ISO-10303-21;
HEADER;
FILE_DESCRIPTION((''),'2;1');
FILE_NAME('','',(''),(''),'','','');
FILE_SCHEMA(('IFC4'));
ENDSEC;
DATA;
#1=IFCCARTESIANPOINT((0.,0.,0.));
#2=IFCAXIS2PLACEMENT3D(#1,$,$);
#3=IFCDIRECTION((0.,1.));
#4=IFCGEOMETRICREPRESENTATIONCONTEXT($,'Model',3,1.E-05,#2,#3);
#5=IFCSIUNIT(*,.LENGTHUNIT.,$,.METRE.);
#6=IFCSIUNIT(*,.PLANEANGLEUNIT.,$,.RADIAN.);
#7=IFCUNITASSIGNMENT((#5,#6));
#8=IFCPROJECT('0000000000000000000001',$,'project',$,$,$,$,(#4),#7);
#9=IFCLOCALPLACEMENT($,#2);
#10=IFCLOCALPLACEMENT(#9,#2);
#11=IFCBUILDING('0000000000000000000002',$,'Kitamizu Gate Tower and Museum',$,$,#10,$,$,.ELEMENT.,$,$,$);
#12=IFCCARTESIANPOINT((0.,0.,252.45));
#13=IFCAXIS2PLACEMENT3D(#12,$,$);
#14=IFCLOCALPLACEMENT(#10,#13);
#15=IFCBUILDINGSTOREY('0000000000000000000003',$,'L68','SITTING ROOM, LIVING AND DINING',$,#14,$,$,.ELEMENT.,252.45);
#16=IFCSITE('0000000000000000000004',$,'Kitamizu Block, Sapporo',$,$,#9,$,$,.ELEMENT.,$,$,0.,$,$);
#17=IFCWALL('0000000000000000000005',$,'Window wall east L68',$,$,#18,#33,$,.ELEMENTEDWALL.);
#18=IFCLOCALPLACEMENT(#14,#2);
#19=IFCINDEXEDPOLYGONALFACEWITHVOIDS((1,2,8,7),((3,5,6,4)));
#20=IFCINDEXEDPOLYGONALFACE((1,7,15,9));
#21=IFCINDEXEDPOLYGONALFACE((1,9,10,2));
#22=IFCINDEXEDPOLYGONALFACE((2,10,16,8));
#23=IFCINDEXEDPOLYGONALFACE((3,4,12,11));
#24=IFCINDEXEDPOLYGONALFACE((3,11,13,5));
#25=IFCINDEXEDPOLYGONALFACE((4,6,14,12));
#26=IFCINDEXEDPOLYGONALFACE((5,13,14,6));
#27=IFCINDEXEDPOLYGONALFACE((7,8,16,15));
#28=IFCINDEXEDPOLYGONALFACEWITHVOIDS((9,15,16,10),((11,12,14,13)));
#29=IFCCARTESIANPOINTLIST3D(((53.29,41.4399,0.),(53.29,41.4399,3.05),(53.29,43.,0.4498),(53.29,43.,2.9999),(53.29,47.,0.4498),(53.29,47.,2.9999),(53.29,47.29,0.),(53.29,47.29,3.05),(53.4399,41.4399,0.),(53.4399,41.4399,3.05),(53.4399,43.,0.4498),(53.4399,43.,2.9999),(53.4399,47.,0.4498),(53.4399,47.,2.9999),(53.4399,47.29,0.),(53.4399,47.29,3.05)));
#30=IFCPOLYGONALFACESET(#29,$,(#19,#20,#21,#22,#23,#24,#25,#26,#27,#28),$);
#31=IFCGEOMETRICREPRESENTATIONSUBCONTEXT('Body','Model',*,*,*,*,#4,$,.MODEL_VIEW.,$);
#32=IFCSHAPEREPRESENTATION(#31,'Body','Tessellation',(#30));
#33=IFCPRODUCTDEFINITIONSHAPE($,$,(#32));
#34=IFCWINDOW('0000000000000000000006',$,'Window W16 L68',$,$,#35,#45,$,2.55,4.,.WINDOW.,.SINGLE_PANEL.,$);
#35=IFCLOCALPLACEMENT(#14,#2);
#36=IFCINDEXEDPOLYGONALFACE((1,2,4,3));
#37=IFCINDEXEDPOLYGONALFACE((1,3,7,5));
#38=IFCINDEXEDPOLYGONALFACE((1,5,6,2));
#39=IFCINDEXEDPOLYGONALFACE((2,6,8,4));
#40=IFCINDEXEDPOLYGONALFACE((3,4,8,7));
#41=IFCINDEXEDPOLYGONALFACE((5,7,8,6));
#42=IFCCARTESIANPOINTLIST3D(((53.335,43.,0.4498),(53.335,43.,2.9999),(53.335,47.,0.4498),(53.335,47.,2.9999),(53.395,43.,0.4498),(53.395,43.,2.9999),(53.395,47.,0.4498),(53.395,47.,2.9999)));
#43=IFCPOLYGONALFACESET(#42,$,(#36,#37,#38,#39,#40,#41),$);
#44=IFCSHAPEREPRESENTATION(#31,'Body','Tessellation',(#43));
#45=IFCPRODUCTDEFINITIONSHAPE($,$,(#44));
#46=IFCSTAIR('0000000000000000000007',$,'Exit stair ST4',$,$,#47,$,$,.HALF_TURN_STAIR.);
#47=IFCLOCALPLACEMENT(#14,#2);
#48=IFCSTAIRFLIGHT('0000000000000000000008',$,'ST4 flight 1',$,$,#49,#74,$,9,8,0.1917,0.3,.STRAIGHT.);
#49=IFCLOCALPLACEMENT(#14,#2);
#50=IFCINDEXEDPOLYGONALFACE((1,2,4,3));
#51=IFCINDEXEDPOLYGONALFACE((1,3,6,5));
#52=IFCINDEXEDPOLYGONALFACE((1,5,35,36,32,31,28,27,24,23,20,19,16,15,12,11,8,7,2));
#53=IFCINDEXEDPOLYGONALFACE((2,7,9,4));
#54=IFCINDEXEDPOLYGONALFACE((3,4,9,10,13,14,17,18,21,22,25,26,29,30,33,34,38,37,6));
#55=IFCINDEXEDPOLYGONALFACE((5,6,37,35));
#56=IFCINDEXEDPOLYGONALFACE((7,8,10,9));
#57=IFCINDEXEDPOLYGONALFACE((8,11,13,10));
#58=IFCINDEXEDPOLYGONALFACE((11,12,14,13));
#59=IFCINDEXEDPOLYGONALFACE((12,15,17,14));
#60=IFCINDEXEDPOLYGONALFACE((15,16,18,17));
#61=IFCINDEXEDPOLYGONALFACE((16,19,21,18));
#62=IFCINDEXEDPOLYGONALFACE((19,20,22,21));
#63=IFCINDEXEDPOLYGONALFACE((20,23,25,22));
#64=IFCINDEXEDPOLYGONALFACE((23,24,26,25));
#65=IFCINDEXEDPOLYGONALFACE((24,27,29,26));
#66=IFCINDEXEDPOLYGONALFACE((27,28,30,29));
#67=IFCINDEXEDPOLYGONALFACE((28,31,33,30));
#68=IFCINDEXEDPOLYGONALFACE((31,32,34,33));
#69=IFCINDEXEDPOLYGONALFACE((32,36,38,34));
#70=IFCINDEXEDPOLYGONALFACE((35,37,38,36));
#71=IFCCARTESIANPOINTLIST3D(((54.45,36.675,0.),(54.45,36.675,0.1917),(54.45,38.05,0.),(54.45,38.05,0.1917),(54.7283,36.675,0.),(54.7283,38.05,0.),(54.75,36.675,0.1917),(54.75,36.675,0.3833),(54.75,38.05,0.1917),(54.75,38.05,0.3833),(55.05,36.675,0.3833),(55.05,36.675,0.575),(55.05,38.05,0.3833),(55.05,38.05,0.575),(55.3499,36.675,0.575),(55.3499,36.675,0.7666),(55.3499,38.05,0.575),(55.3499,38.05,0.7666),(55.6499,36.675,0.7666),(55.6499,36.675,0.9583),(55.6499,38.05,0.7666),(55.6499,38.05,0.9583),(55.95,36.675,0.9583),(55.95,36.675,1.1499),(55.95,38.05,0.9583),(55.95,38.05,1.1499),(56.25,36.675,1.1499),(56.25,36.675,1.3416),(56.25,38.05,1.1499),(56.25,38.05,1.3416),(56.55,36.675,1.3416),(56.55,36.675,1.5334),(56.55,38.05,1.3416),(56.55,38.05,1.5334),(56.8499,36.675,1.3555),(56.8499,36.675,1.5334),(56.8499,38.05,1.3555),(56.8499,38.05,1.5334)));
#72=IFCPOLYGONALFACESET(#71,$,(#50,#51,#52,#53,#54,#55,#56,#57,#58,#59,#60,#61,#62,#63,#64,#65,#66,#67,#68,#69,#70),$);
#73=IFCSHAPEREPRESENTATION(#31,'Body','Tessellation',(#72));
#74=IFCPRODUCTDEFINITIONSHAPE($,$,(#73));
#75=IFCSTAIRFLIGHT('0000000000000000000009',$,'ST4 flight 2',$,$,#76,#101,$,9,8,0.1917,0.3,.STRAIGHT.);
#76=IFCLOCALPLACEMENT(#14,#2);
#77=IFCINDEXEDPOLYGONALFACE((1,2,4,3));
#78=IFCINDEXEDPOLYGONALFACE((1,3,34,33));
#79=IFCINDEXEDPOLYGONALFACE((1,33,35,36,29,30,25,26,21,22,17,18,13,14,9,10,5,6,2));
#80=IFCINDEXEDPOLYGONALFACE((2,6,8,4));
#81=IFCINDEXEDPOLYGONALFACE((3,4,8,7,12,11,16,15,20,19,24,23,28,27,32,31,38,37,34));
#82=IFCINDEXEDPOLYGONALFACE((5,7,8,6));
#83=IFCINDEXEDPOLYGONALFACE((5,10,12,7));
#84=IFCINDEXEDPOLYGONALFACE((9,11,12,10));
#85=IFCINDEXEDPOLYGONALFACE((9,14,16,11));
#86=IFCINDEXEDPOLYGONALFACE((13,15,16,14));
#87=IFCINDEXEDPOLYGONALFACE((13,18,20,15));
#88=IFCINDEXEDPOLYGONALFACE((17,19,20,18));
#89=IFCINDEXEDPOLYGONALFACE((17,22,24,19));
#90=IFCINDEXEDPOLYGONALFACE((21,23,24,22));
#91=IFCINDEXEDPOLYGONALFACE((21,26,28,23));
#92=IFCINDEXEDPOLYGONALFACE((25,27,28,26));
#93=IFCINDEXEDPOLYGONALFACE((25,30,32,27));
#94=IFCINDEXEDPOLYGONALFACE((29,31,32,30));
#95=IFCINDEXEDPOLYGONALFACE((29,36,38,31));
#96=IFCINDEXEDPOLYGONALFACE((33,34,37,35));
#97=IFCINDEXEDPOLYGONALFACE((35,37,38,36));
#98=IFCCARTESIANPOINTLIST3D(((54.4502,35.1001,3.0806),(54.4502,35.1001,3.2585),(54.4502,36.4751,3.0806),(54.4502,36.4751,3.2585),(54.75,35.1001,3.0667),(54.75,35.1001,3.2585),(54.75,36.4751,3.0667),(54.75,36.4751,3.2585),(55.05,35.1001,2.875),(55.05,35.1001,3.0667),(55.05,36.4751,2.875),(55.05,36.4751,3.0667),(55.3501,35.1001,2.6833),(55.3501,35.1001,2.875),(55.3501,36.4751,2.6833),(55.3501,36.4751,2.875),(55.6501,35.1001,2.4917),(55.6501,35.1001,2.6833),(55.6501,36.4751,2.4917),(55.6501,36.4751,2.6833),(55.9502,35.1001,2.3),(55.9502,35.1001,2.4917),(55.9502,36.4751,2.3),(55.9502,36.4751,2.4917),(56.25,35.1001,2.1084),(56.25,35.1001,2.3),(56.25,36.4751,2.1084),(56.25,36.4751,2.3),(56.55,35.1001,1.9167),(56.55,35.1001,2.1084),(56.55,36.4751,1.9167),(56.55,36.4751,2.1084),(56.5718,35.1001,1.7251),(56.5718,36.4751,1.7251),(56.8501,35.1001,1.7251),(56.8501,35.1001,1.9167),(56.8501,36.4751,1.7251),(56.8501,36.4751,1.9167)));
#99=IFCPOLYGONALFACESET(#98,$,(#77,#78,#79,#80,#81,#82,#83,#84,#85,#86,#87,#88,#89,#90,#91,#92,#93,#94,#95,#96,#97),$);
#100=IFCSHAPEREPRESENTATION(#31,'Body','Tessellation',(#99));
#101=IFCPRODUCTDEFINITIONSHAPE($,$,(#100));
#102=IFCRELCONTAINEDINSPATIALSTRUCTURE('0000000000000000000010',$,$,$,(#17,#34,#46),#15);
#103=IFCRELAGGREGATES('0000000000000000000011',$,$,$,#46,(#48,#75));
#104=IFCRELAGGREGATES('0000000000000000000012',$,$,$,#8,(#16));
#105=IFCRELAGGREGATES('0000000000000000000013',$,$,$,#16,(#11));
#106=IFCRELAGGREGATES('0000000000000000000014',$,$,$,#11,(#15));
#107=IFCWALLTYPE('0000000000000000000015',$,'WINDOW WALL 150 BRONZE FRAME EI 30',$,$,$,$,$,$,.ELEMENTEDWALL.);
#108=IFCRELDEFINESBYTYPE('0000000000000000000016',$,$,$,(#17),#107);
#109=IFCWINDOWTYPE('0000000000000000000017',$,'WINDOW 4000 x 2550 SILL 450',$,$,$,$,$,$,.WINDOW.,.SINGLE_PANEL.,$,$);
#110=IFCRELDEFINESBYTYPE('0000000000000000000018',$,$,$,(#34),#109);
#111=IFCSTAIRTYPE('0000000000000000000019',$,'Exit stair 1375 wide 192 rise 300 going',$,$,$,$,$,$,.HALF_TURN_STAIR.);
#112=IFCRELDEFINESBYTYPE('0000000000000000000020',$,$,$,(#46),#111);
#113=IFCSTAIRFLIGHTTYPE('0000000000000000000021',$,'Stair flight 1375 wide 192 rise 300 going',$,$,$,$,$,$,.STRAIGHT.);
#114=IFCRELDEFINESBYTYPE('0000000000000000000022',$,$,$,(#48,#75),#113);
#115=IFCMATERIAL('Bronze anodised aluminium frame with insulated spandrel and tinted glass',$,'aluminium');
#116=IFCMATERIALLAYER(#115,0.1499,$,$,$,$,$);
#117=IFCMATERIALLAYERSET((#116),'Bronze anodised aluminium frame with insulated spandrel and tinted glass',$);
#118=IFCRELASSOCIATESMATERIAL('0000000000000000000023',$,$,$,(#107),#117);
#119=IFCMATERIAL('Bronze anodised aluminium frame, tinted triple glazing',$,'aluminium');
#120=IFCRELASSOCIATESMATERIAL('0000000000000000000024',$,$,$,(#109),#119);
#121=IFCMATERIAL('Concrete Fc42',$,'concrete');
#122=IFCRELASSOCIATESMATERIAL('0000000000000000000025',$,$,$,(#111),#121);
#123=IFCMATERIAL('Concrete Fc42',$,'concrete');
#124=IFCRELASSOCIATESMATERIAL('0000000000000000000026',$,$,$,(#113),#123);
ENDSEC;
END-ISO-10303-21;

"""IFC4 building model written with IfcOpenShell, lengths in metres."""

from ifc_helpers import new_model, si_unit, direction, frame, frame_2d, origin, place, context, subcontext, project, spatial, polyline, rectangle, outline, extrude, material, layer, layer_set, type_object, element, fill, aggregate, save


model = new_model("IFC4")

# Units and contexts
model_context = context("Model", 3, precision=1e-05, world=origin(), true_north=direction((0.0, 1.0)))
body_context = subcontext(model_context, "Body", "Model", "MODEL_VIEW")
ifc_project = project(units=[si_unit("LENGTHUNIT", "METRE"), si_unit("PLANEANGLEUNIT", "RADIAN")], contexts=[model_context])

# Site, building, storey
site_placement = place(None, origin())
site = spatial("IfcSite", under=ifc_project, at=site_placement, Name="Kitamizu Block, Sapporo", CompositionType="ELEMENT", RefElevation=0.0)
building_placement = place(site_placement, origin())
building = spatial("IfcBuilding", under=site, at=building_placement, Name="Kitamizu Gate Tower and Museum", CompositionType="ELEMENT")
storey_placement = place(building_placement, frame((0.0, 0.0, 252.45)))
storey = spatial("IfcBuildingStorey", under=building, at=storey_placement, Name="L68", Description="SITTING ROOM, LIVING AND DINING", CompositionType="ELEMENT", Elevation=252.45)

# Shared definitions
ifc_material_1 = material(Name="Bronze anodised aluminium frame with insulated spandrel and tinted glass", Category="aluminium")
ifc_layer_1 = layer(ifc_material_1, 0.1499)
ifc_layer_set_1 = layer_set([ifc_layer_1], Name="Bronze anodised aluminium frame with insulated spandrel and tinted glass")
wall_type_1 = type_object("IfcWallType", Name="WINDOW WALL 150 BRONZE FRAME EI 30", PredefinedType="ELEMENTEDWALL", material=ifc_layer_set_1)

# Wall, opening, window
ifc_material_2 = material(Name="Bronze anodised aluminium frame, tinted triple glazing", Category="aluminium")
window_type = type_object("IfcWindowType", Name="WINDOW 4000 x 2550 SILL 450", PartitioningType="SINGLE_PANEL", PredefinedType="WINDOW", material=ifc_material_2)
wall_1_placement = place(storey_placement, frame((53.365, 41.4399, 0.0), z_axis=(0.0, 0.0, 1.0), x_axis=(0.0, 1.0, 0.0)))
wall_1 = element("IfcWall", 1, at=wall_1_placement, inside=storey, type_object=wall_type_1, Name="Window wall east L68", PredefinedType="ELEMENTEDWALL", context=body_context, shape_type="SweptSolid", body=[
    extrude(rectangle(XDim=5.8501, YDim=0.1499, at=frame_2d((2.925, 0.0))), origin(), (0.0, 0.0, 1.0), 3.05),
])
opening_1_placement = place(wall_1_placement, frame((1.5601, 0.0, 0.45)))
opening_1 = element("IfcOpeningElement", 2, at=opening_1_placement, cuts=wall_1, PredefinedType="OPENING", context=body_context, shape_type="SweptSolid", body=[
    extrude(rectangle(XDim=4.0, YDim=2.55, at=frame_2d((2.0, 1.2749))), frame((0.0, 0.085, 0.0), z_axis=(0.0, -1.0, 0.0), x_axis=(1.0, 0.0, 0.0)), (0.0, 0.0, 1.0), 0.1699),
])
window_1_placement = place(opening_1_placement, origin())
window_1 = element("IfcWindow", 3, at=window_1_placement, inside=storey, type_object=window_type, Name="Window W16 L68", OverallHeight=2.55, OverallWidth=4.0, PartitioningType="SINGLE_PANEL", PredefinedType="WINDOW", context=body_context, shape_type="SweptSolid", body=[
    extrude(rectangle(XDim=4.0, YDim=2.55, at=frame_2d((2.0, 1.2749))), frame((0.0, 0.03, 0.0), z_axis=(0.0, -1.0, 0.0), x_axis=(1.0, 0.0, 0.0)), (0.0, 0.0, 1.0), 0.0601),
])
fill(opening_1, window_1)

# Stair, stair flights
ifc_material_3 = material(Name="Concrete Fc42", Category="concrete")
stair_type = type_object("IfcStairType", Name="Exit stair 1375 wide 192 rise 300 going", PredefinedType="HALF_TURN_STAIR", material=ifc_material_3)
stair_placement = place(storey_placement, origin())
stair = element("IfcStair", 4, at=stair_placement, inside=storey, type_object=stair_type, Name="Exit stair ST4", PredefinedType="HALF_TURN_STAIR")
ifc_material_4 = material(Name="Concrete Fc42", Category="concrete")
stair_flight_type = type_object("IfcStairFlightType", Name="Stair flight 1375 wide 192 rise 300 going", PredefinedType="STRAIGHT", material=ifc_material_4)
stair_flight_1_placement = place(storey_placement, frame((54.45, 37.3625, 0.0), z_axis=(0.0, 0.0, 1.0), x_axis=(1.0, 0.0, 0.0)))
stair_flight_1 = element("IfcStairFlight", 5, at=stair_flight_1_placement, type_object=stair_flight_type, Name="ST4 flight 1", NumberOfRisers=9, NumberOfTreads=8, PredefinedType="STRAIGHT", RiserHeight=0.1917, TreadLength=0.3, context=body_context, shape_type="SweptSolid", body=[
    extrude(outline(polyline([(0.0, 0.0), (0.0, 0.1917), (0.3, 0.1917), (0.3, 0.3833), (0.6001, 0.3833), (0.6001, 0.575), (0.8999, 0.575), (0.8999, 0.7666), (1.2, 0.7666), (1.2, 0.9583), (1.5, 0.9583), (1.5, 1.1499), (1.8, 1.1499), (1.8, 1.3416), (2.1001, 1.3416), (2.1001, 1.5334), (2.3999, 1.5334), (2.3999, 1.7251), (2.3999, 1.3555), (0.2783, 0.0), (0.0, 0.0)])), frame((0.0, 0.6875, 0.0), z_axis=(0.0, -1.0, 0.0), x_axis=(1.0, 0.0, 0.0)), (0.0, 0.0, 1.0), 1.375),
])
stair_flight_2_placement = place(storey_placement, frame((56.8501, 35.7876, 1.7251), z_axis=(0.0, 0.0, 1.0), x_axis=(-1.0, 0.0, 0.0)))
stair_flight_2 = element("IfcStairFlight", 6, at=stair_flight_2_placement, type_object=stair_flight_type, Name="ST4 flight 2", NumberOfRisers=9, NumberOfTreads=8, PredefinedType="STRAIGHT", RiserHeight=0.1917, TreadLength=0.3, context=body_context, shape_type="SweptSolid", body=[
    extrude(outline(polyline([(0.0, 0.0), (0.0, 0.1917), (0.3, 0.1917), (0.3, 0.3833), (0.6001, 0.3833), (0.6001, 0.575), (0.8999, 0.575), (0.8999, 0.7666), (1.2, 0.7666), (1.2, 0.9583), (1.5, 0.9583), (1.5, 1.1499), (1.8, 1.1499), (1.8, 1.3416), (2.1001, 1.3416), (2.1001, 1.5334), (2.3999, 1.5334), (2.3999, 1.7251), (2.3999, 1.3555), (0.2783, 0.0), (0.0, 0.0)])), frame((0.0, 0.6875, 0.0), z_axis=(0.0, -1.0, 0.0), x_axis=(1.0, 0.0, 0.0)), (0.0, 0.0, 1.0), 1.375),
])
aggregate(stair, [stair_flight_1, stair_flight_2])

save(model, "model.ifc")
